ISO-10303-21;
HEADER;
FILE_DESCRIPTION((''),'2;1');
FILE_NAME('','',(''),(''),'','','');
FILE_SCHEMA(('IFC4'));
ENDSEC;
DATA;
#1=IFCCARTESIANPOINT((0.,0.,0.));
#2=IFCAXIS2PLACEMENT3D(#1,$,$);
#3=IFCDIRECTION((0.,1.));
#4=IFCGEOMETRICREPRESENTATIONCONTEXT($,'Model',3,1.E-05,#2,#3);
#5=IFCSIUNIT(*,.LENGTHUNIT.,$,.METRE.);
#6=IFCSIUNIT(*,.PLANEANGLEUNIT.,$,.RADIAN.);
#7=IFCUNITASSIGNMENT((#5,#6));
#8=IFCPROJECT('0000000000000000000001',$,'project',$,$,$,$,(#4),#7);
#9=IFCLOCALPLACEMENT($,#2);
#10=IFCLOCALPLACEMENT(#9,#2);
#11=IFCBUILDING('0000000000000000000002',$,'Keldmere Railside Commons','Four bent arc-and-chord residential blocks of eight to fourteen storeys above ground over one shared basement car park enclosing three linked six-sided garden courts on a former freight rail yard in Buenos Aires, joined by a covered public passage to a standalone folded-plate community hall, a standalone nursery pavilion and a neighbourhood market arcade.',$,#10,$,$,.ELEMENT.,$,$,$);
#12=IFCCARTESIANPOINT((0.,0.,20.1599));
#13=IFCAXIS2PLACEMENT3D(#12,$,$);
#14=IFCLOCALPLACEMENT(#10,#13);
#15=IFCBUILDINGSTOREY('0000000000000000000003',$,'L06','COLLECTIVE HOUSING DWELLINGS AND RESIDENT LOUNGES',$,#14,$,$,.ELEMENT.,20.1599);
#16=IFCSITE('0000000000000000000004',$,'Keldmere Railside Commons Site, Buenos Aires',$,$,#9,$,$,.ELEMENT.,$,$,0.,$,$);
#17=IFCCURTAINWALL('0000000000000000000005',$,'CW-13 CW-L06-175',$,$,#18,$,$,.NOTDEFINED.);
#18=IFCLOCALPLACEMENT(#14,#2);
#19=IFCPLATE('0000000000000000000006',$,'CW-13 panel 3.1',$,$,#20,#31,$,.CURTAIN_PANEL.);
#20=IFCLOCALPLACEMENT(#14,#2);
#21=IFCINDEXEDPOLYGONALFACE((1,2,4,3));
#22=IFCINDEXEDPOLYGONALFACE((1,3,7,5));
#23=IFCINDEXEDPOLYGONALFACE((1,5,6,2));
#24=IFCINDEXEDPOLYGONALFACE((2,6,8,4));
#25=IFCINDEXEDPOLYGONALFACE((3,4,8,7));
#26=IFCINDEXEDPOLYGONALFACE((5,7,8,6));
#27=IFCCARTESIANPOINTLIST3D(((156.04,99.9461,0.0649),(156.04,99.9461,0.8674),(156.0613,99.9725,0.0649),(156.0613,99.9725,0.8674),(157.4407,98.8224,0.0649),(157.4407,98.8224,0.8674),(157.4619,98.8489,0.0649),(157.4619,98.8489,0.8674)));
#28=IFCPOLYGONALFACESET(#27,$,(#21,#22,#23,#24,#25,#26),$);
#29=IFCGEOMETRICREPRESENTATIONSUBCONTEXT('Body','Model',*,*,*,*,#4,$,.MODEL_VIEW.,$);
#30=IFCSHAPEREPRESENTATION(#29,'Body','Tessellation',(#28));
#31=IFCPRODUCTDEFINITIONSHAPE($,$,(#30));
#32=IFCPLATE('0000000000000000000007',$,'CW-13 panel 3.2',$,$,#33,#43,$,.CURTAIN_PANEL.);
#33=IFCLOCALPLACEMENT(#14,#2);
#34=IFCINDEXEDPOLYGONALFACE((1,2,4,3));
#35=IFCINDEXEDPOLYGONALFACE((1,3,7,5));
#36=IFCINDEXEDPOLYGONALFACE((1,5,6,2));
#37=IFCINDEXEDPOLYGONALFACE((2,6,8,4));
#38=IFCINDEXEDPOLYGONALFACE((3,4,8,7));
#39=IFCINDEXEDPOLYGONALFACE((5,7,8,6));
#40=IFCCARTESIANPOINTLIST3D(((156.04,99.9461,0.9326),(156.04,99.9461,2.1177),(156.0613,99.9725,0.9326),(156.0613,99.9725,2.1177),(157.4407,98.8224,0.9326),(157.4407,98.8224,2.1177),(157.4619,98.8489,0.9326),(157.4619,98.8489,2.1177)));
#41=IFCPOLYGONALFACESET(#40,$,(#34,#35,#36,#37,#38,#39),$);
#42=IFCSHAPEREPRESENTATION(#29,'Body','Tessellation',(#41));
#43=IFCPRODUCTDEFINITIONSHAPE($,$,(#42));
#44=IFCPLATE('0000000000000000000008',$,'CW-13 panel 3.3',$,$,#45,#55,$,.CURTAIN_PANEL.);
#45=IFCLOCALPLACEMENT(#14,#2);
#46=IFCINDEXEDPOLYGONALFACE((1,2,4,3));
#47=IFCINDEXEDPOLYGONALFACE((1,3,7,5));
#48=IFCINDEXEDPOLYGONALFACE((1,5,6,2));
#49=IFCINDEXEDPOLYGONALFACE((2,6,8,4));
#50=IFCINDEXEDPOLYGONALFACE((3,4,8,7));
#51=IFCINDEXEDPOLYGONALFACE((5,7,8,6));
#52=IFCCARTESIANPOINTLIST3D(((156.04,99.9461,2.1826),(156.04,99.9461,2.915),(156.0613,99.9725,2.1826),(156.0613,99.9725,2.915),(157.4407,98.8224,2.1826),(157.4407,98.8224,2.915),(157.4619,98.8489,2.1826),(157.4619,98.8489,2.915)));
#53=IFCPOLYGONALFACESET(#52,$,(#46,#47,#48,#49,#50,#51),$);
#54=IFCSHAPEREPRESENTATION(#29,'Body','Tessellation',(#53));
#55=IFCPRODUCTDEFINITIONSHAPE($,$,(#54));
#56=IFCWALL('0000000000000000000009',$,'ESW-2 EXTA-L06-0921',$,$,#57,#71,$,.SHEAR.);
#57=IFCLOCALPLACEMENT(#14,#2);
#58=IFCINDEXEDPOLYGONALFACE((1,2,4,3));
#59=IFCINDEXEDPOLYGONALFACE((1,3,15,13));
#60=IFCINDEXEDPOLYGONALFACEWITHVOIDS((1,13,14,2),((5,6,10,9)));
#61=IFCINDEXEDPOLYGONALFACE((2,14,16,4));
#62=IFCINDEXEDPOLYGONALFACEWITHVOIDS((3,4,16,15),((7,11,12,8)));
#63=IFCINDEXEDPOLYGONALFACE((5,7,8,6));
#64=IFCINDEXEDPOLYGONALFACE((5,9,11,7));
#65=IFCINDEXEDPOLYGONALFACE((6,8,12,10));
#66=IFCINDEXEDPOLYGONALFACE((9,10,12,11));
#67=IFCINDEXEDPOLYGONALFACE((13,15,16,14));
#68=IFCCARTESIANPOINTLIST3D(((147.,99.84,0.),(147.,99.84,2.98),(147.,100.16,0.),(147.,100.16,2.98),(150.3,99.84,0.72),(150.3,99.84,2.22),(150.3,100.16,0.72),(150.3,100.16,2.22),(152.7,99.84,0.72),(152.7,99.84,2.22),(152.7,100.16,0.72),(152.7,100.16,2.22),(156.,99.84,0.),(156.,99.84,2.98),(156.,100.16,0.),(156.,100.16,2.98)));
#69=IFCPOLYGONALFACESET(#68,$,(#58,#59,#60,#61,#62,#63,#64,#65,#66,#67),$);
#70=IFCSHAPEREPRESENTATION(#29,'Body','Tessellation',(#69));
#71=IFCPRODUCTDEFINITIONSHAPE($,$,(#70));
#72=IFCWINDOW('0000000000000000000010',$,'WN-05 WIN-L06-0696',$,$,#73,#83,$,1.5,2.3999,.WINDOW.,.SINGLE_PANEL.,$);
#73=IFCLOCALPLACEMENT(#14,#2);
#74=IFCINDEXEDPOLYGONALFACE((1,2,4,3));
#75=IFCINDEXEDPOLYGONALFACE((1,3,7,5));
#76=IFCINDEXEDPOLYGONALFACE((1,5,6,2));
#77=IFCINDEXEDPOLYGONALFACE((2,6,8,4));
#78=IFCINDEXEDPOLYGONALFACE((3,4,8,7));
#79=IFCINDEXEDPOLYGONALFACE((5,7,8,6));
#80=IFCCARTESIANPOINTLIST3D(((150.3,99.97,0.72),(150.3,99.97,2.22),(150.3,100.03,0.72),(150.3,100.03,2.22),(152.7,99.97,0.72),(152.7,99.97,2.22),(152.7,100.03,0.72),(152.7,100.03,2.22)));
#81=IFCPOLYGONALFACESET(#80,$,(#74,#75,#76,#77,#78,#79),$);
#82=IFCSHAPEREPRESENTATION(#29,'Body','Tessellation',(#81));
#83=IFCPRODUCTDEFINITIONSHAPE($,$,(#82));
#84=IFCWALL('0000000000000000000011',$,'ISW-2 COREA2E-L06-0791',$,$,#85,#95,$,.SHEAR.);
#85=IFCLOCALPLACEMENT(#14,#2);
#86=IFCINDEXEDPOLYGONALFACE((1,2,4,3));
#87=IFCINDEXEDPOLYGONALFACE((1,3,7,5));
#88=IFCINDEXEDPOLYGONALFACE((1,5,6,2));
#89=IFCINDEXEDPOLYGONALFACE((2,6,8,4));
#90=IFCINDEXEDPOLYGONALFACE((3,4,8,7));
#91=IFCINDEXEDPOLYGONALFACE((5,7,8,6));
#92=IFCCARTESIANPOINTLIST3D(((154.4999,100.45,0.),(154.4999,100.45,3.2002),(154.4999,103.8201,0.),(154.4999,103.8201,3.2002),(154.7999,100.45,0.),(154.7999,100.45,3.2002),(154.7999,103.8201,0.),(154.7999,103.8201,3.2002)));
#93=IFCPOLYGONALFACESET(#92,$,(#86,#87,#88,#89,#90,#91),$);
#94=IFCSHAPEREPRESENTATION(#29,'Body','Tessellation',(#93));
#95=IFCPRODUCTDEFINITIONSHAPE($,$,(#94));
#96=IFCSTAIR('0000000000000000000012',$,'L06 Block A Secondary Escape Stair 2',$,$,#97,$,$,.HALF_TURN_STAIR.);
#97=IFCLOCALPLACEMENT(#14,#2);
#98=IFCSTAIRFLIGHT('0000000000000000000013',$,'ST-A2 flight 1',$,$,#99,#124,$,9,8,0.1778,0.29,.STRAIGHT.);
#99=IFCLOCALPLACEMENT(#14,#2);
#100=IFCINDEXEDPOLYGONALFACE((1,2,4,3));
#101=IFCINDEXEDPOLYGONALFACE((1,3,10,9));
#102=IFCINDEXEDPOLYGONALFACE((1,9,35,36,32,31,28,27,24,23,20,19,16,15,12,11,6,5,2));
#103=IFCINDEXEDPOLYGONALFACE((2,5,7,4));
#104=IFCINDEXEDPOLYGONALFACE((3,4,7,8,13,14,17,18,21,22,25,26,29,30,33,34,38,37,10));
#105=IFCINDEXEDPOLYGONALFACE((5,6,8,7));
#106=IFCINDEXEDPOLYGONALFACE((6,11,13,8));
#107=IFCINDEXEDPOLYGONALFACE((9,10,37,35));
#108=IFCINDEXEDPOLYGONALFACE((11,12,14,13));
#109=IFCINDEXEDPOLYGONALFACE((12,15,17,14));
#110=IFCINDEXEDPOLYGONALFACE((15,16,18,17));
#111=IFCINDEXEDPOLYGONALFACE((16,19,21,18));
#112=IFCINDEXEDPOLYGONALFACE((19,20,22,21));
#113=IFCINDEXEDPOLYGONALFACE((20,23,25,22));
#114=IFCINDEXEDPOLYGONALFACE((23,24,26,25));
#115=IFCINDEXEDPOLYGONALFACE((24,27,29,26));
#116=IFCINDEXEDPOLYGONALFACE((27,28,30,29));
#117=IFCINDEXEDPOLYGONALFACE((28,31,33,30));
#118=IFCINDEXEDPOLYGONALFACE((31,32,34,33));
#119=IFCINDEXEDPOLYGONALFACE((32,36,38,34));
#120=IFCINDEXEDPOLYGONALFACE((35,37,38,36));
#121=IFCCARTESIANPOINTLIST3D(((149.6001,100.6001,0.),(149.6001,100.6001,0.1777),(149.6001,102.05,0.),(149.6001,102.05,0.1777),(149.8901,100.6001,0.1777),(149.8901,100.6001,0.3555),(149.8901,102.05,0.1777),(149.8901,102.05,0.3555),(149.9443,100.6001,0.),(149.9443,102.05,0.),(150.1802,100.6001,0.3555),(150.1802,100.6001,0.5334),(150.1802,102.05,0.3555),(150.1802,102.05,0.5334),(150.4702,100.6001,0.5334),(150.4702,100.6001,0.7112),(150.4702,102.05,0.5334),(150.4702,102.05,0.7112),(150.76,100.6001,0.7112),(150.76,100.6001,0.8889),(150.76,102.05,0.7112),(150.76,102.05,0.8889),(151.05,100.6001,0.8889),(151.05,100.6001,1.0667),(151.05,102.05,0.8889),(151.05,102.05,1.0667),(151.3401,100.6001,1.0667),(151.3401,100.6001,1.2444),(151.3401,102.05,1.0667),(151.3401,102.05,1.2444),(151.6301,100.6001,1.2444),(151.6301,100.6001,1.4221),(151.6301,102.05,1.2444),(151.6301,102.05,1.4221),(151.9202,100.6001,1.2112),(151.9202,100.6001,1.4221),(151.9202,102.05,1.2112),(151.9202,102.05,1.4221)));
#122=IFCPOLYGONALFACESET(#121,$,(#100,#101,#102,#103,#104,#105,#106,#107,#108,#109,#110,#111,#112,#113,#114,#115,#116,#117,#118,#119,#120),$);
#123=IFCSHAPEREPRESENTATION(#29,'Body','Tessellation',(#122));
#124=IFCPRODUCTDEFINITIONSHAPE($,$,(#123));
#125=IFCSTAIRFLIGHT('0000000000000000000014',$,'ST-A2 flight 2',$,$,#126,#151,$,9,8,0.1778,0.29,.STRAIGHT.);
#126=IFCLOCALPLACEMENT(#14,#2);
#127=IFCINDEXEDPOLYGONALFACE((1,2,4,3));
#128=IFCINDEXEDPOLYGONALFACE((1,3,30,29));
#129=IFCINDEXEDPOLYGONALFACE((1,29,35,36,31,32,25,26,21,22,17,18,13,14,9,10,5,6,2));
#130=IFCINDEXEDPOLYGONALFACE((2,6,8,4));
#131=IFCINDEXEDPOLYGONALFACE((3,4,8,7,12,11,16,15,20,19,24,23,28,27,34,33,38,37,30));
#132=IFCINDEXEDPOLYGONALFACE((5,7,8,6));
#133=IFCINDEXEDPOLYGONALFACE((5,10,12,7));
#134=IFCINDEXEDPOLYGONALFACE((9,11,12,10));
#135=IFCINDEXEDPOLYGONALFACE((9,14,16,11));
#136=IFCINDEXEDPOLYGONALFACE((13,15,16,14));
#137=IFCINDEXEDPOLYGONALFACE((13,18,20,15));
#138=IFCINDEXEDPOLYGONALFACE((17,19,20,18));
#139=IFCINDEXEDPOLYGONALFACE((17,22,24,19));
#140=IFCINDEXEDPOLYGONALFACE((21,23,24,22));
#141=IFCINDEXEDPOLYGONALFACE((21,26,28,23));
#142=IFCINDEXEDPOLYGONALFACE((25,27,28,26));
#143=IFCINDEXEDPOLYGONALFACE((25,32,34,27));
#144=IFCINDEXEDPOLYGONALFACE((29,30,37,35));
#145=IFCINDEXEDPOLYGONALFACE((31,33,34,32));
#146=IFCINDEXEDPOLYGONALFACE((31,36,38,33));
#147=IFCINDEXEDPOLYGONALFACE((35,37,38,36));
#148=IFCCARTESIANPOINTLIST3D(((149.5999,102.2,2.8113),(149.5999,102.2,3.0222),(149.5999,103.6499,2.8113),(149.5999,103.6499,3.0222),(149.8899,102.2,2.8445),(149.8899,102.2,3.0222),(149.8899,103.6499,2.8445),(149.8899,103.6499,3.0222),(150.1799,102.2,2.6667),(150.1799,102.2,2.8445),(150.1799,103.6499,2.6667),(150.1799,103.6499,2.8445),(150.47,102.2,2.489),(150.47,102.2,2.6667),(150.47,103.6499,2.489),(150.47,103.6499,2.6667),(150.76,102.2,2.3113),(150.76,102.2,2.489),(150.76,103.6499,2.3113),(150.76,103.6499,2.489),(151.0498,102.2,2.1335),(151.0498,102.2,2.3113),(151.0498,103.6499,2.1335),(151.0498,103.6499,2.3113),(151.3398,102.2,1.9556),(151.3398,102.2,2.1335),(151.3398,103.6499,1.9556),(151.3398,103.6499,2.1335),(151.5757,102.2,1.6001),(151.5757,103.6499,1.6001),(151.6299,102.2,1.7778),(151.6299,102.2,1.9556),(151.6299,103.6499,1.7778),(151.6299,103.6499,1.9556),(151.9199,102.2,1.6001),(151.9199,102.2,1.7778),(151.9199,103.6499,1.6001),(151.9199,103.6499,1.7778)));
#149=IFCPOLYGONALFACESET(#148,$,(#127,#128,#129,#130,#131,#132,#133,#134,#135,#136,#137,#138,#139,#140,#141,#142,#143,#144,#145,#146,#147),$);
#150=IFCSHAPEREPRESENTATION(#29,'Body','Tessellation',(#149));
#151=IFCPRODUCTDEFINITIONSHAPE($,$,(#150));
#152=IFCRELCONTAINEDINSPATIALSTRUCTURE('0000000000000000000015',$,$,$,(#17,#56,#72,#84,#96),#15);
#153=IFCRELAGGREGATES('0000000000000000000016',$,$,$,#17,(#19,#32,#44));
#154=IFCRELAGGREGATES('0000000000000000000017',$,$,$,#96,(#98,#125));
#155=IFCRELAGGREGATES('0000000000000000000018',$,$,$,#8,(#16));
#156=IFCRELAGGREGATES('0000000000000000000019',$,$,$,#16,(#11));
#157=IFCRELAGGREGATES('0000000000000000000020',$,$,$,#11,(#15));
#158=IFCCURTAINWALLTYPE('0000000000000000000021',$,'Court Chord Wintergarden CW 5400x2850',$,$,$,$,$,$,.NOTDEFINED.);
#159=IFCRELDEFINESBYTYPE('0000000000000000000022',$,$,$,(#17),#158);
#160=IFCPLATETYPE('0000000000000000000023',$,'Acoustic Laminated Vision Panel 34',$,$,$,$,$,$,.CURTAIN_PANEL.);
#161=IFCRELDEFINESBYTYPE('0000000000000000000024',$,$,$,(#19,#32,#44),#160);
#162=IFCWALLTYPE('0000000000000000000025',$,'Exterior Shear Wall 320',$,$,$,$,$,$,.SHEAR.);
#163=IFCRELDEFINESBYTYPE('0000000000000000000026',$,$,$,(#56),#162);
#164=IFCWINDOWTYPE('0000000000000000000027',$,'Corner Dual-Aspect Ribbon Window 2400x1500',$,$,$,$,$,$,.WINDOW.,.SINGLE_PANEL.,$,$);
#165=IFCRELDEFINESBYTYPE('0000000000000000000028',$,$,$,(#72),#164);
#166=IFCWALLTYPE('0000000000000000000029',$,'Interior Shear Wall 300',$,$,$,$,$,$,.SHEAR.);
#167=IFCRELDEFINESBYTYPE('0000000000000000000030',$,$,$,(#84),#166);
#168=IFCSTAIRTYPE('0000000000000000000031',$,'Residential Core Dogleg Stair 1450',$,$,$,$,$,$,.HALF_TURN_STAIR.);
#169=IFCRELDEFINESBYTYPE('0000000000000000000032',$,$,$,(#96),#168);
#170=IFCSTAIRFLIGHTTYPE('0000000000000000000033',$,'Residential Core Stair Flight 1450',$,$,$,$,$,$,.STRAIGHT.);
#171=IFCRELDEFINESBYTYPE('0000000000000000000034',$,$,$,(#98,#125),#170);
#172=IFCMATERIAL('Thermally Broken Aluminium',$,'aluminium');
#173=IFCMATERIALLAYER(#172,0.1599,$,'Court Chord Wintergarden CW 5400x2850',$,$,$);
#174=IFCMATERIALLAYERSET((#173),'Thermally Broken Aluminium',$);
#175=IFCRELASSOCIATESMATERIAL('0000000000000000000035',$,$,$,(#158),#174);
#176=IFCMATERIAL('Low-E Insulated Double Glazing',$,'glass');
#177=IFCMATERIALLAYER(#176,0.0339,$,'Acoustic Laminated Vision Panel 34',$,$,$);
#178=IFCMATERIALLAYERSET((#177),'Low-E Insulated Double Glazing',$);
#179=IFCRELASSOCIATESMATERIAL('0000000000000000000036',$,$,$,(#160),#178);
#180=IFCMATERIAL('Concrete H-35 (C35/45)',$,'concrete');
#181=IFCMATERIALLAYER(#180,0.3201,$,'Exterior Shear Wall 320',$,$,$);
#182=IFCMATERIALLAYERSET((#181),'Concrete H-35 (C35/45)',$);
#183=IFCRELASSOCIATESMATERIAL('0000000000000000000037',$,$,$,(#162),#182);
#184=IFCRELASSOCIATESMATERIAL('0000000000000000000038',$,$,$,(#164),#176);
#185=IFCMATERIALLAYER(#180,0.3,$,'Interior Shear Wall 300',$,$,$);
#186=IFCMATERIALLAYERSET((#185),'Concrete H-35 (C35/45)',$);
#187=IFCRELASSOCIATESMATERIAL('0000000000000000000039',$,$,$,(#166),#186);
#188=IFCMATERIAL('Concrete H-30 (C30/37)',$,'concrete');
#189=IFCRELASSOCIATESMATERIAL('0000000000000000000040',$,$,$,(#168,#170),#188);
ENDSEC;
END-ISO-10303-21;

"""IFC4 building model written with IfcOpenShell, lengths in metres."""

from ifc_helpers import new_model, si_unit, direction, frame, frame_2d, origin, origin_2d, place, context, subcontext, project, spatial, polyline, rectangle, outline, extrude, material, layer, layer_set, type_object, element, fill, aggregate, save


model = new_model("IFC4")

# Units and contexts
model_context = context("Model", 3, precision=1e-05, world=origin(), true_north=direction((0.0, 1.0)))
body_context = subcontext(model_context, "Body", "Model", "MODEL_VIEW")
ifc_project = project(units=[si_unit("LENGTHUNIT", "METRE"), si_unit("PLANEANGLEUNIT", "RADIAN")], contexts=[model_context])

# Site, building, storey
site_placement = place(None, origin())
site = spatial("IfcSite", under=ifc_project, at=site_placement, Name="Keldmere Railside Commons Site, Buenos Aires", CompositionType="ELEMENT", RefElevation=0.0)
building_placement = place(site_placement, origin())
building = spatial("IfcBuilding", under=site, at=building_placement, Name="Keldmere Railside Commons", Description="Four bent arc-and-chord residential blocks of eight to fourteen storeys above ground over one shared basement car park enclosing three linked six-sided garden courts on a former freight rail yard in Buenos Aires, joined by a covered public passage to a standalone folded-plate community hall, a standalone nursery pavilion and a neighbourhood market arcade.", CompositionType="ELEMENT")
storey_placement = place(building_placement, frame((0.0, 0.0, 20.1599)))
storey = spatial("IfcBuildingStorey", under=building, at=storey_placement, Name="L06", Description="COLLECTIVE HOUSING DWELLINGS AND RESIDENT LOUNGES", CompositionType="ELEMENT", Elevation=20.1599)

# Curtain wall, plates
ifc_material_1 = material(Name="Thermally Broken Aluminium", Category="aluminium")
ifc_layer_1 = layer(ifc_material_1, 0.1599, Name="Court Chord Wintergarden CW 5400x2850")
ifc_layer_set_1 = layer_set([ifc_layer_1], Name="Thermally Broken Aluminium")
curtain_wall_type = type_object("IfcCurtainWallType", Name="Court Chord Wintergarden CW 5400x2850", PredefinedType="NOTDEFINED", material=ifc_layer_set_1)
curtain_wall_placement = place(storey_placement, origin())
curtain_wall = element("IfcCurtainWall", 1, at=curtain_wall_placement, inside=storey, type_object=curtain_wall_type, Name="CW-13 CW-L06-175", PredefinedType="NOTDEFINED")
ifc_material_2 = material(Name="Low-E Insulated Double Glazing", Category="glass")
ifc_layer_2 = layer(ifc_material_2, 0.0339, Name="Acoustic Laminated Vision Panel 34")
ifc_layer_set_2 = layer_set([ifc_layer_2], Name="Low-E Insulated Double Glazing")
plate_type = type_object("IfcPlateType", Name="Acoustic Laminated Vision Panel 34", PredefinedType="CURTAIN_PANEL", material=ifc_layer_set_2)
plate_1_placement = place(storey_placement, frame((156.751, 99.3975, 0.0649), z_axis=(0.0, 0.0, 1.0), x_axis=(-0.780009, 0.625768, 0.0)))
plate_1 = element("IfcPlate", 2, at=plate_1_placement, type_object=plate_type, Name="CW-13 panel 3.1", PredefinedType="CURTAIN_PANEL", context=body_context, shape_type="SweptSolid", body=[
    extrude(rectangle(XDim=1.7957, YDim=0.0339, at=origin_2d()), origin(), (0.0, 0.0, 1.0), 0.8025),
])
plate_2_placement = place(storey_placement, frame((156.751, 99.3975, 0.9326), z_axis=(0.0, 0.0, 1.0), x_axis=(-0.780009, 0.625768, 0.0)))
plate_2 = element("IfcPlate", 3, at=plate_2_placement, type_object=plate_type, Name="CW-13 panel 3.2", PredefinedType="CURTAIN_PANEL", context=body_context, shape_type="SweptSolid", body=[
    extrude(rectangle(XDim=1.7957, YDim=0.0339, at=origin_2d()), origin(), (0.0, 0.0, 1.0), 1.1851),
])
plate_3_placement = place(storey_placement, frame((156.751, 99.3975, 2.1826), z_axis=(0.0, 0.0, 1.0), x_axis=(-0.780009, 0.625768, 0.0)))
plate_3 = element("IfcPlate", 4, at=plate_3_placement, type_object=plate_type, Name="CW-13 panel 3.3", PredefinedType="CURTAIN_PANEL", context=body_context, shape_type="SweptSolid", body=[
    extrude(rectangle(XDim=1.7957, YDim=0.0339, at=origin_2d()), origin(), (0.0, 0.0, 1.0), 0.7324),
])
aggregate(curtain_wall, [plate_1, plate_2, plate_3])

# Wall, opening, window
ifc_material_3 = material(Name="Concrete H-35 (C35/45)", Category="concrete")
ifc_layer_3 = layer(ifc_material_3, 0.3201, Name="Exterior Shear Wall 320")
ifc_layer_set_3 = layer_set([ifc_layer_3], Name="Concrete H-35 (C35/45)")
wall_type_1 = type_object("IfcWallType", Name="Exterior Shear Wall 320", PredefinedType="SHEAR", material=ifc_layer_set_3)
wall_1_placement = place(storey_placement, frame((156.0, 100.0, 0.0), z_axis=(0.0, 0.0, 1.0), x_axis=(-1.0, 0.0, 0.0)))
wall_1 = element("IfcWall", 5, at=wall_1_placement, inside=storey, type_object=wall_type_1, Name="ESW-2 EXTA-L06-0921", PredefinedType="SHEAR", context=body_context, shape_type="SweptSolid", body=[
    extrude(rectangle(XDim=9.0, YDim=0.3201, at=frame_2d((4.5, 0.0))), origin(), (0.0, 0.0, 1.0), 2.98),
])
opening_placement = place(wall_1_placement, frame((3.3, 0.0, 0.72)))
opening = element("IfcOpeningElement", 6, at=opening_placement, cuts=wall_1, PredefinedType="OPENING", context=body_context, shape_type="SweptSolid", body=[
    extrude(rectangle(XDim=2.3999, YDim=1.5, at=frame_2d((1.2, 0.75))), frame((0.0, 0.1699, 0.0), z_axis=(0.0, -1.0, 0.0), x_axis=(1.0, 0.0, 0.0)), (0.0, 0.0, 1.0), 0.3401),
])
window_type = type_object("IfcWindowType", Name="Corner Dual-Aspect Ribbon Window 2400x1500", PartitioningType="SINGLE_PANEL", PredefinedType="WINDOW", material=ifc_material_2)
window_placement = place(opening_placement, origin())
window = element("IfcWindow", 7, at=window_placement, inside=storey, type_object=window_type, Name="WN-05 WIN-L06-0696", OverallHeight=1.5, OverallWidth=2.3999, PartitioningType="SINGLE_PANEL", PredefinedType="WINDOW", context=body_context, shape_type="SweptSolid", body=[
    extrude(rectangle(XDim=2.3999, YDim=1.5, at=frame_2d((1.2, 0.75))), frame((0.0, 0.03, 0.0), z_axis=(0.0, -1.0, 0.0), x_axis=(1.0, 0.0, 0.0)), (0.0, 0.0, 1.0), 0.0601),
])
fill(opening, window)

# Wall
ifc_layer_4 = layer(ifc_material_3, 0.3, Name="Interior Shear Wall 300")
ifc_layer_set_4 = layer_set([ifc_layer_4], Name="Concrete H-35 (C35/45)")
wall_type_2 = type_object("IfcWallType", Name="Interior Shear Wall 300", PredefinedType="SHEAR", material=ifc_layer_set_4)
wall_2_placement = place(storey_placement, frame((154.6499, 100.45, 0.0), z_axis=(0.0, 0.0, 1.0), x_axis=(0.0, 1.0, 0.0)))
element("IfcWall", 8, at=wall_2_placement, inside=storey, type_object=wall_type_2, Name="ISW-2 COREA2E-L06-0791", PredefinedType="SHEAR", context=body_context, shape_type="SweptSolid", body=[
    extrude(rectangle(XDim=3.3701, YDim=0.3, at=frame_2d((1.6851, 0.0))), origin(), (0.0, 0.0, 1.0), 3.2002),
])

# Stair, stair flights
ifc_material_4 = material(Name="Concrete H-30 (C30/37)", Category="concrete")
stair_type = type_object("IfcStairType", Name="Residential Core Dogleg Stair 1450", PredefinedType="HALF_TURN_STAIR", material=ifc_material_4)
stair_placement = place(storey_placement, origin())
stair = element("IfcStair", 9, at=stair_placement, inside=storey, type_object=stair_type, Name="L06 Block A Secondary Escape Stair 2", PredefinedType="HALF_TURN_STAIR")
stair_flight_type = type_object("IfcStairFlightType", Name="Residential Core Stair Flight 1450", PredefinedType="STRAIGHT", material=ifc_material_4)
stair_flight_1_placement = place(storey_placement, frame((149.6001, 101.325, 0.0), z_axis=(0.0, 0.0, 1.0), x_axis=(1.0, 0.0, 0.0)))
stair_flight_1 = element("IfcStairFlight", 10, at=stair_flight_1_placement, type_object=stair_flight_type, Name="ST-A2 flight 1", NumberOfRisers=9, NumberOfTreads=8, PredefinedType="STRAIGHT", RiserHeight=0.1778, TreadLength=0.29, context=body_context, shape_type="SweptSolid", body=[
    extrude(outline(polyline([(0.0, 0.0), (0.0, 0.1777), (0.29, 0.1777), (0.29, 0.3555), (0.5801, 0.3555), (0.5801, 0.5334), (0.8701, 0.5334), (0.8701, 0.7112), (1.1599, 0.7112), (1.1599, 0.8889), (1.45, 0.8889), (1.45, 1.0667), (1.74, 1.0667), (1.74, 1.2444), (2.03, 1.2444), (2.03, 1.4221), (2.3201, 1.4221), (2.3201, 1.6001), (2.3201, 1.2112), (0.3442, 0.0), (0.0, 0.0)])), frame((0.0, 0.7251, 0.0), z_axis=(0.0, -1.0, 0.0), x_axis=(1.0, 0.0, 0.0)), (0.0, 0.0, 1.0), 1.45),
])
stair_flight_2_placement = place(storey_placement, frame((151.9199, 102.925, 1.6001), z_axis=(0.0, 0.0, 1.0), x_axis=(-1.0, 0.0, 0.0)))
stair_flight_2 = element("IfcStairFlight", 11, at=stair_flight_2_placement, type_object=stair_flight_type, Name="ST-A2 flight 2", NumberOfRisers=9, NumberOfTreads=8, PredefinedType="STRAIGHT", RiserHeight=0.1778, TreadLength=0.29, context=body_context, shape_type="SweptSolid", body=[
    extrude(outline(polyline([(0.0, 0.0), (0.0, 0.1777), (0.29, 0.1777), (0.29, 0.3555), (0.5801, 0.3555), (0.5801, 0.5334), (0.8701, 0.5334), (0.8701, 0.7112), (1.1599, 0.7112), (1.1599, 0.8889), (1.45, 0.8889), (1.45, 1.0667), (1.74, 1.0667), (1.74, 1.2444), (2.03, 1.2444), (2.03, 1.4221), (2.3201, 1.4221), (2.3201, 1.6001), (2.3201, 1.2112), (0.3442, 0.0), (0.0, 0.0)])), frame((0.0, 0.7251, 0.0), z_axis=(0.0, -1.0, 0.0), x_axis=(1.0, 0.0, 0.0)), (0.0, 0.0, 1.0), 1.45),
])
aggregate(stair, [stair_flight_1, stair_flight_2])

save(model, "model.ifc")
